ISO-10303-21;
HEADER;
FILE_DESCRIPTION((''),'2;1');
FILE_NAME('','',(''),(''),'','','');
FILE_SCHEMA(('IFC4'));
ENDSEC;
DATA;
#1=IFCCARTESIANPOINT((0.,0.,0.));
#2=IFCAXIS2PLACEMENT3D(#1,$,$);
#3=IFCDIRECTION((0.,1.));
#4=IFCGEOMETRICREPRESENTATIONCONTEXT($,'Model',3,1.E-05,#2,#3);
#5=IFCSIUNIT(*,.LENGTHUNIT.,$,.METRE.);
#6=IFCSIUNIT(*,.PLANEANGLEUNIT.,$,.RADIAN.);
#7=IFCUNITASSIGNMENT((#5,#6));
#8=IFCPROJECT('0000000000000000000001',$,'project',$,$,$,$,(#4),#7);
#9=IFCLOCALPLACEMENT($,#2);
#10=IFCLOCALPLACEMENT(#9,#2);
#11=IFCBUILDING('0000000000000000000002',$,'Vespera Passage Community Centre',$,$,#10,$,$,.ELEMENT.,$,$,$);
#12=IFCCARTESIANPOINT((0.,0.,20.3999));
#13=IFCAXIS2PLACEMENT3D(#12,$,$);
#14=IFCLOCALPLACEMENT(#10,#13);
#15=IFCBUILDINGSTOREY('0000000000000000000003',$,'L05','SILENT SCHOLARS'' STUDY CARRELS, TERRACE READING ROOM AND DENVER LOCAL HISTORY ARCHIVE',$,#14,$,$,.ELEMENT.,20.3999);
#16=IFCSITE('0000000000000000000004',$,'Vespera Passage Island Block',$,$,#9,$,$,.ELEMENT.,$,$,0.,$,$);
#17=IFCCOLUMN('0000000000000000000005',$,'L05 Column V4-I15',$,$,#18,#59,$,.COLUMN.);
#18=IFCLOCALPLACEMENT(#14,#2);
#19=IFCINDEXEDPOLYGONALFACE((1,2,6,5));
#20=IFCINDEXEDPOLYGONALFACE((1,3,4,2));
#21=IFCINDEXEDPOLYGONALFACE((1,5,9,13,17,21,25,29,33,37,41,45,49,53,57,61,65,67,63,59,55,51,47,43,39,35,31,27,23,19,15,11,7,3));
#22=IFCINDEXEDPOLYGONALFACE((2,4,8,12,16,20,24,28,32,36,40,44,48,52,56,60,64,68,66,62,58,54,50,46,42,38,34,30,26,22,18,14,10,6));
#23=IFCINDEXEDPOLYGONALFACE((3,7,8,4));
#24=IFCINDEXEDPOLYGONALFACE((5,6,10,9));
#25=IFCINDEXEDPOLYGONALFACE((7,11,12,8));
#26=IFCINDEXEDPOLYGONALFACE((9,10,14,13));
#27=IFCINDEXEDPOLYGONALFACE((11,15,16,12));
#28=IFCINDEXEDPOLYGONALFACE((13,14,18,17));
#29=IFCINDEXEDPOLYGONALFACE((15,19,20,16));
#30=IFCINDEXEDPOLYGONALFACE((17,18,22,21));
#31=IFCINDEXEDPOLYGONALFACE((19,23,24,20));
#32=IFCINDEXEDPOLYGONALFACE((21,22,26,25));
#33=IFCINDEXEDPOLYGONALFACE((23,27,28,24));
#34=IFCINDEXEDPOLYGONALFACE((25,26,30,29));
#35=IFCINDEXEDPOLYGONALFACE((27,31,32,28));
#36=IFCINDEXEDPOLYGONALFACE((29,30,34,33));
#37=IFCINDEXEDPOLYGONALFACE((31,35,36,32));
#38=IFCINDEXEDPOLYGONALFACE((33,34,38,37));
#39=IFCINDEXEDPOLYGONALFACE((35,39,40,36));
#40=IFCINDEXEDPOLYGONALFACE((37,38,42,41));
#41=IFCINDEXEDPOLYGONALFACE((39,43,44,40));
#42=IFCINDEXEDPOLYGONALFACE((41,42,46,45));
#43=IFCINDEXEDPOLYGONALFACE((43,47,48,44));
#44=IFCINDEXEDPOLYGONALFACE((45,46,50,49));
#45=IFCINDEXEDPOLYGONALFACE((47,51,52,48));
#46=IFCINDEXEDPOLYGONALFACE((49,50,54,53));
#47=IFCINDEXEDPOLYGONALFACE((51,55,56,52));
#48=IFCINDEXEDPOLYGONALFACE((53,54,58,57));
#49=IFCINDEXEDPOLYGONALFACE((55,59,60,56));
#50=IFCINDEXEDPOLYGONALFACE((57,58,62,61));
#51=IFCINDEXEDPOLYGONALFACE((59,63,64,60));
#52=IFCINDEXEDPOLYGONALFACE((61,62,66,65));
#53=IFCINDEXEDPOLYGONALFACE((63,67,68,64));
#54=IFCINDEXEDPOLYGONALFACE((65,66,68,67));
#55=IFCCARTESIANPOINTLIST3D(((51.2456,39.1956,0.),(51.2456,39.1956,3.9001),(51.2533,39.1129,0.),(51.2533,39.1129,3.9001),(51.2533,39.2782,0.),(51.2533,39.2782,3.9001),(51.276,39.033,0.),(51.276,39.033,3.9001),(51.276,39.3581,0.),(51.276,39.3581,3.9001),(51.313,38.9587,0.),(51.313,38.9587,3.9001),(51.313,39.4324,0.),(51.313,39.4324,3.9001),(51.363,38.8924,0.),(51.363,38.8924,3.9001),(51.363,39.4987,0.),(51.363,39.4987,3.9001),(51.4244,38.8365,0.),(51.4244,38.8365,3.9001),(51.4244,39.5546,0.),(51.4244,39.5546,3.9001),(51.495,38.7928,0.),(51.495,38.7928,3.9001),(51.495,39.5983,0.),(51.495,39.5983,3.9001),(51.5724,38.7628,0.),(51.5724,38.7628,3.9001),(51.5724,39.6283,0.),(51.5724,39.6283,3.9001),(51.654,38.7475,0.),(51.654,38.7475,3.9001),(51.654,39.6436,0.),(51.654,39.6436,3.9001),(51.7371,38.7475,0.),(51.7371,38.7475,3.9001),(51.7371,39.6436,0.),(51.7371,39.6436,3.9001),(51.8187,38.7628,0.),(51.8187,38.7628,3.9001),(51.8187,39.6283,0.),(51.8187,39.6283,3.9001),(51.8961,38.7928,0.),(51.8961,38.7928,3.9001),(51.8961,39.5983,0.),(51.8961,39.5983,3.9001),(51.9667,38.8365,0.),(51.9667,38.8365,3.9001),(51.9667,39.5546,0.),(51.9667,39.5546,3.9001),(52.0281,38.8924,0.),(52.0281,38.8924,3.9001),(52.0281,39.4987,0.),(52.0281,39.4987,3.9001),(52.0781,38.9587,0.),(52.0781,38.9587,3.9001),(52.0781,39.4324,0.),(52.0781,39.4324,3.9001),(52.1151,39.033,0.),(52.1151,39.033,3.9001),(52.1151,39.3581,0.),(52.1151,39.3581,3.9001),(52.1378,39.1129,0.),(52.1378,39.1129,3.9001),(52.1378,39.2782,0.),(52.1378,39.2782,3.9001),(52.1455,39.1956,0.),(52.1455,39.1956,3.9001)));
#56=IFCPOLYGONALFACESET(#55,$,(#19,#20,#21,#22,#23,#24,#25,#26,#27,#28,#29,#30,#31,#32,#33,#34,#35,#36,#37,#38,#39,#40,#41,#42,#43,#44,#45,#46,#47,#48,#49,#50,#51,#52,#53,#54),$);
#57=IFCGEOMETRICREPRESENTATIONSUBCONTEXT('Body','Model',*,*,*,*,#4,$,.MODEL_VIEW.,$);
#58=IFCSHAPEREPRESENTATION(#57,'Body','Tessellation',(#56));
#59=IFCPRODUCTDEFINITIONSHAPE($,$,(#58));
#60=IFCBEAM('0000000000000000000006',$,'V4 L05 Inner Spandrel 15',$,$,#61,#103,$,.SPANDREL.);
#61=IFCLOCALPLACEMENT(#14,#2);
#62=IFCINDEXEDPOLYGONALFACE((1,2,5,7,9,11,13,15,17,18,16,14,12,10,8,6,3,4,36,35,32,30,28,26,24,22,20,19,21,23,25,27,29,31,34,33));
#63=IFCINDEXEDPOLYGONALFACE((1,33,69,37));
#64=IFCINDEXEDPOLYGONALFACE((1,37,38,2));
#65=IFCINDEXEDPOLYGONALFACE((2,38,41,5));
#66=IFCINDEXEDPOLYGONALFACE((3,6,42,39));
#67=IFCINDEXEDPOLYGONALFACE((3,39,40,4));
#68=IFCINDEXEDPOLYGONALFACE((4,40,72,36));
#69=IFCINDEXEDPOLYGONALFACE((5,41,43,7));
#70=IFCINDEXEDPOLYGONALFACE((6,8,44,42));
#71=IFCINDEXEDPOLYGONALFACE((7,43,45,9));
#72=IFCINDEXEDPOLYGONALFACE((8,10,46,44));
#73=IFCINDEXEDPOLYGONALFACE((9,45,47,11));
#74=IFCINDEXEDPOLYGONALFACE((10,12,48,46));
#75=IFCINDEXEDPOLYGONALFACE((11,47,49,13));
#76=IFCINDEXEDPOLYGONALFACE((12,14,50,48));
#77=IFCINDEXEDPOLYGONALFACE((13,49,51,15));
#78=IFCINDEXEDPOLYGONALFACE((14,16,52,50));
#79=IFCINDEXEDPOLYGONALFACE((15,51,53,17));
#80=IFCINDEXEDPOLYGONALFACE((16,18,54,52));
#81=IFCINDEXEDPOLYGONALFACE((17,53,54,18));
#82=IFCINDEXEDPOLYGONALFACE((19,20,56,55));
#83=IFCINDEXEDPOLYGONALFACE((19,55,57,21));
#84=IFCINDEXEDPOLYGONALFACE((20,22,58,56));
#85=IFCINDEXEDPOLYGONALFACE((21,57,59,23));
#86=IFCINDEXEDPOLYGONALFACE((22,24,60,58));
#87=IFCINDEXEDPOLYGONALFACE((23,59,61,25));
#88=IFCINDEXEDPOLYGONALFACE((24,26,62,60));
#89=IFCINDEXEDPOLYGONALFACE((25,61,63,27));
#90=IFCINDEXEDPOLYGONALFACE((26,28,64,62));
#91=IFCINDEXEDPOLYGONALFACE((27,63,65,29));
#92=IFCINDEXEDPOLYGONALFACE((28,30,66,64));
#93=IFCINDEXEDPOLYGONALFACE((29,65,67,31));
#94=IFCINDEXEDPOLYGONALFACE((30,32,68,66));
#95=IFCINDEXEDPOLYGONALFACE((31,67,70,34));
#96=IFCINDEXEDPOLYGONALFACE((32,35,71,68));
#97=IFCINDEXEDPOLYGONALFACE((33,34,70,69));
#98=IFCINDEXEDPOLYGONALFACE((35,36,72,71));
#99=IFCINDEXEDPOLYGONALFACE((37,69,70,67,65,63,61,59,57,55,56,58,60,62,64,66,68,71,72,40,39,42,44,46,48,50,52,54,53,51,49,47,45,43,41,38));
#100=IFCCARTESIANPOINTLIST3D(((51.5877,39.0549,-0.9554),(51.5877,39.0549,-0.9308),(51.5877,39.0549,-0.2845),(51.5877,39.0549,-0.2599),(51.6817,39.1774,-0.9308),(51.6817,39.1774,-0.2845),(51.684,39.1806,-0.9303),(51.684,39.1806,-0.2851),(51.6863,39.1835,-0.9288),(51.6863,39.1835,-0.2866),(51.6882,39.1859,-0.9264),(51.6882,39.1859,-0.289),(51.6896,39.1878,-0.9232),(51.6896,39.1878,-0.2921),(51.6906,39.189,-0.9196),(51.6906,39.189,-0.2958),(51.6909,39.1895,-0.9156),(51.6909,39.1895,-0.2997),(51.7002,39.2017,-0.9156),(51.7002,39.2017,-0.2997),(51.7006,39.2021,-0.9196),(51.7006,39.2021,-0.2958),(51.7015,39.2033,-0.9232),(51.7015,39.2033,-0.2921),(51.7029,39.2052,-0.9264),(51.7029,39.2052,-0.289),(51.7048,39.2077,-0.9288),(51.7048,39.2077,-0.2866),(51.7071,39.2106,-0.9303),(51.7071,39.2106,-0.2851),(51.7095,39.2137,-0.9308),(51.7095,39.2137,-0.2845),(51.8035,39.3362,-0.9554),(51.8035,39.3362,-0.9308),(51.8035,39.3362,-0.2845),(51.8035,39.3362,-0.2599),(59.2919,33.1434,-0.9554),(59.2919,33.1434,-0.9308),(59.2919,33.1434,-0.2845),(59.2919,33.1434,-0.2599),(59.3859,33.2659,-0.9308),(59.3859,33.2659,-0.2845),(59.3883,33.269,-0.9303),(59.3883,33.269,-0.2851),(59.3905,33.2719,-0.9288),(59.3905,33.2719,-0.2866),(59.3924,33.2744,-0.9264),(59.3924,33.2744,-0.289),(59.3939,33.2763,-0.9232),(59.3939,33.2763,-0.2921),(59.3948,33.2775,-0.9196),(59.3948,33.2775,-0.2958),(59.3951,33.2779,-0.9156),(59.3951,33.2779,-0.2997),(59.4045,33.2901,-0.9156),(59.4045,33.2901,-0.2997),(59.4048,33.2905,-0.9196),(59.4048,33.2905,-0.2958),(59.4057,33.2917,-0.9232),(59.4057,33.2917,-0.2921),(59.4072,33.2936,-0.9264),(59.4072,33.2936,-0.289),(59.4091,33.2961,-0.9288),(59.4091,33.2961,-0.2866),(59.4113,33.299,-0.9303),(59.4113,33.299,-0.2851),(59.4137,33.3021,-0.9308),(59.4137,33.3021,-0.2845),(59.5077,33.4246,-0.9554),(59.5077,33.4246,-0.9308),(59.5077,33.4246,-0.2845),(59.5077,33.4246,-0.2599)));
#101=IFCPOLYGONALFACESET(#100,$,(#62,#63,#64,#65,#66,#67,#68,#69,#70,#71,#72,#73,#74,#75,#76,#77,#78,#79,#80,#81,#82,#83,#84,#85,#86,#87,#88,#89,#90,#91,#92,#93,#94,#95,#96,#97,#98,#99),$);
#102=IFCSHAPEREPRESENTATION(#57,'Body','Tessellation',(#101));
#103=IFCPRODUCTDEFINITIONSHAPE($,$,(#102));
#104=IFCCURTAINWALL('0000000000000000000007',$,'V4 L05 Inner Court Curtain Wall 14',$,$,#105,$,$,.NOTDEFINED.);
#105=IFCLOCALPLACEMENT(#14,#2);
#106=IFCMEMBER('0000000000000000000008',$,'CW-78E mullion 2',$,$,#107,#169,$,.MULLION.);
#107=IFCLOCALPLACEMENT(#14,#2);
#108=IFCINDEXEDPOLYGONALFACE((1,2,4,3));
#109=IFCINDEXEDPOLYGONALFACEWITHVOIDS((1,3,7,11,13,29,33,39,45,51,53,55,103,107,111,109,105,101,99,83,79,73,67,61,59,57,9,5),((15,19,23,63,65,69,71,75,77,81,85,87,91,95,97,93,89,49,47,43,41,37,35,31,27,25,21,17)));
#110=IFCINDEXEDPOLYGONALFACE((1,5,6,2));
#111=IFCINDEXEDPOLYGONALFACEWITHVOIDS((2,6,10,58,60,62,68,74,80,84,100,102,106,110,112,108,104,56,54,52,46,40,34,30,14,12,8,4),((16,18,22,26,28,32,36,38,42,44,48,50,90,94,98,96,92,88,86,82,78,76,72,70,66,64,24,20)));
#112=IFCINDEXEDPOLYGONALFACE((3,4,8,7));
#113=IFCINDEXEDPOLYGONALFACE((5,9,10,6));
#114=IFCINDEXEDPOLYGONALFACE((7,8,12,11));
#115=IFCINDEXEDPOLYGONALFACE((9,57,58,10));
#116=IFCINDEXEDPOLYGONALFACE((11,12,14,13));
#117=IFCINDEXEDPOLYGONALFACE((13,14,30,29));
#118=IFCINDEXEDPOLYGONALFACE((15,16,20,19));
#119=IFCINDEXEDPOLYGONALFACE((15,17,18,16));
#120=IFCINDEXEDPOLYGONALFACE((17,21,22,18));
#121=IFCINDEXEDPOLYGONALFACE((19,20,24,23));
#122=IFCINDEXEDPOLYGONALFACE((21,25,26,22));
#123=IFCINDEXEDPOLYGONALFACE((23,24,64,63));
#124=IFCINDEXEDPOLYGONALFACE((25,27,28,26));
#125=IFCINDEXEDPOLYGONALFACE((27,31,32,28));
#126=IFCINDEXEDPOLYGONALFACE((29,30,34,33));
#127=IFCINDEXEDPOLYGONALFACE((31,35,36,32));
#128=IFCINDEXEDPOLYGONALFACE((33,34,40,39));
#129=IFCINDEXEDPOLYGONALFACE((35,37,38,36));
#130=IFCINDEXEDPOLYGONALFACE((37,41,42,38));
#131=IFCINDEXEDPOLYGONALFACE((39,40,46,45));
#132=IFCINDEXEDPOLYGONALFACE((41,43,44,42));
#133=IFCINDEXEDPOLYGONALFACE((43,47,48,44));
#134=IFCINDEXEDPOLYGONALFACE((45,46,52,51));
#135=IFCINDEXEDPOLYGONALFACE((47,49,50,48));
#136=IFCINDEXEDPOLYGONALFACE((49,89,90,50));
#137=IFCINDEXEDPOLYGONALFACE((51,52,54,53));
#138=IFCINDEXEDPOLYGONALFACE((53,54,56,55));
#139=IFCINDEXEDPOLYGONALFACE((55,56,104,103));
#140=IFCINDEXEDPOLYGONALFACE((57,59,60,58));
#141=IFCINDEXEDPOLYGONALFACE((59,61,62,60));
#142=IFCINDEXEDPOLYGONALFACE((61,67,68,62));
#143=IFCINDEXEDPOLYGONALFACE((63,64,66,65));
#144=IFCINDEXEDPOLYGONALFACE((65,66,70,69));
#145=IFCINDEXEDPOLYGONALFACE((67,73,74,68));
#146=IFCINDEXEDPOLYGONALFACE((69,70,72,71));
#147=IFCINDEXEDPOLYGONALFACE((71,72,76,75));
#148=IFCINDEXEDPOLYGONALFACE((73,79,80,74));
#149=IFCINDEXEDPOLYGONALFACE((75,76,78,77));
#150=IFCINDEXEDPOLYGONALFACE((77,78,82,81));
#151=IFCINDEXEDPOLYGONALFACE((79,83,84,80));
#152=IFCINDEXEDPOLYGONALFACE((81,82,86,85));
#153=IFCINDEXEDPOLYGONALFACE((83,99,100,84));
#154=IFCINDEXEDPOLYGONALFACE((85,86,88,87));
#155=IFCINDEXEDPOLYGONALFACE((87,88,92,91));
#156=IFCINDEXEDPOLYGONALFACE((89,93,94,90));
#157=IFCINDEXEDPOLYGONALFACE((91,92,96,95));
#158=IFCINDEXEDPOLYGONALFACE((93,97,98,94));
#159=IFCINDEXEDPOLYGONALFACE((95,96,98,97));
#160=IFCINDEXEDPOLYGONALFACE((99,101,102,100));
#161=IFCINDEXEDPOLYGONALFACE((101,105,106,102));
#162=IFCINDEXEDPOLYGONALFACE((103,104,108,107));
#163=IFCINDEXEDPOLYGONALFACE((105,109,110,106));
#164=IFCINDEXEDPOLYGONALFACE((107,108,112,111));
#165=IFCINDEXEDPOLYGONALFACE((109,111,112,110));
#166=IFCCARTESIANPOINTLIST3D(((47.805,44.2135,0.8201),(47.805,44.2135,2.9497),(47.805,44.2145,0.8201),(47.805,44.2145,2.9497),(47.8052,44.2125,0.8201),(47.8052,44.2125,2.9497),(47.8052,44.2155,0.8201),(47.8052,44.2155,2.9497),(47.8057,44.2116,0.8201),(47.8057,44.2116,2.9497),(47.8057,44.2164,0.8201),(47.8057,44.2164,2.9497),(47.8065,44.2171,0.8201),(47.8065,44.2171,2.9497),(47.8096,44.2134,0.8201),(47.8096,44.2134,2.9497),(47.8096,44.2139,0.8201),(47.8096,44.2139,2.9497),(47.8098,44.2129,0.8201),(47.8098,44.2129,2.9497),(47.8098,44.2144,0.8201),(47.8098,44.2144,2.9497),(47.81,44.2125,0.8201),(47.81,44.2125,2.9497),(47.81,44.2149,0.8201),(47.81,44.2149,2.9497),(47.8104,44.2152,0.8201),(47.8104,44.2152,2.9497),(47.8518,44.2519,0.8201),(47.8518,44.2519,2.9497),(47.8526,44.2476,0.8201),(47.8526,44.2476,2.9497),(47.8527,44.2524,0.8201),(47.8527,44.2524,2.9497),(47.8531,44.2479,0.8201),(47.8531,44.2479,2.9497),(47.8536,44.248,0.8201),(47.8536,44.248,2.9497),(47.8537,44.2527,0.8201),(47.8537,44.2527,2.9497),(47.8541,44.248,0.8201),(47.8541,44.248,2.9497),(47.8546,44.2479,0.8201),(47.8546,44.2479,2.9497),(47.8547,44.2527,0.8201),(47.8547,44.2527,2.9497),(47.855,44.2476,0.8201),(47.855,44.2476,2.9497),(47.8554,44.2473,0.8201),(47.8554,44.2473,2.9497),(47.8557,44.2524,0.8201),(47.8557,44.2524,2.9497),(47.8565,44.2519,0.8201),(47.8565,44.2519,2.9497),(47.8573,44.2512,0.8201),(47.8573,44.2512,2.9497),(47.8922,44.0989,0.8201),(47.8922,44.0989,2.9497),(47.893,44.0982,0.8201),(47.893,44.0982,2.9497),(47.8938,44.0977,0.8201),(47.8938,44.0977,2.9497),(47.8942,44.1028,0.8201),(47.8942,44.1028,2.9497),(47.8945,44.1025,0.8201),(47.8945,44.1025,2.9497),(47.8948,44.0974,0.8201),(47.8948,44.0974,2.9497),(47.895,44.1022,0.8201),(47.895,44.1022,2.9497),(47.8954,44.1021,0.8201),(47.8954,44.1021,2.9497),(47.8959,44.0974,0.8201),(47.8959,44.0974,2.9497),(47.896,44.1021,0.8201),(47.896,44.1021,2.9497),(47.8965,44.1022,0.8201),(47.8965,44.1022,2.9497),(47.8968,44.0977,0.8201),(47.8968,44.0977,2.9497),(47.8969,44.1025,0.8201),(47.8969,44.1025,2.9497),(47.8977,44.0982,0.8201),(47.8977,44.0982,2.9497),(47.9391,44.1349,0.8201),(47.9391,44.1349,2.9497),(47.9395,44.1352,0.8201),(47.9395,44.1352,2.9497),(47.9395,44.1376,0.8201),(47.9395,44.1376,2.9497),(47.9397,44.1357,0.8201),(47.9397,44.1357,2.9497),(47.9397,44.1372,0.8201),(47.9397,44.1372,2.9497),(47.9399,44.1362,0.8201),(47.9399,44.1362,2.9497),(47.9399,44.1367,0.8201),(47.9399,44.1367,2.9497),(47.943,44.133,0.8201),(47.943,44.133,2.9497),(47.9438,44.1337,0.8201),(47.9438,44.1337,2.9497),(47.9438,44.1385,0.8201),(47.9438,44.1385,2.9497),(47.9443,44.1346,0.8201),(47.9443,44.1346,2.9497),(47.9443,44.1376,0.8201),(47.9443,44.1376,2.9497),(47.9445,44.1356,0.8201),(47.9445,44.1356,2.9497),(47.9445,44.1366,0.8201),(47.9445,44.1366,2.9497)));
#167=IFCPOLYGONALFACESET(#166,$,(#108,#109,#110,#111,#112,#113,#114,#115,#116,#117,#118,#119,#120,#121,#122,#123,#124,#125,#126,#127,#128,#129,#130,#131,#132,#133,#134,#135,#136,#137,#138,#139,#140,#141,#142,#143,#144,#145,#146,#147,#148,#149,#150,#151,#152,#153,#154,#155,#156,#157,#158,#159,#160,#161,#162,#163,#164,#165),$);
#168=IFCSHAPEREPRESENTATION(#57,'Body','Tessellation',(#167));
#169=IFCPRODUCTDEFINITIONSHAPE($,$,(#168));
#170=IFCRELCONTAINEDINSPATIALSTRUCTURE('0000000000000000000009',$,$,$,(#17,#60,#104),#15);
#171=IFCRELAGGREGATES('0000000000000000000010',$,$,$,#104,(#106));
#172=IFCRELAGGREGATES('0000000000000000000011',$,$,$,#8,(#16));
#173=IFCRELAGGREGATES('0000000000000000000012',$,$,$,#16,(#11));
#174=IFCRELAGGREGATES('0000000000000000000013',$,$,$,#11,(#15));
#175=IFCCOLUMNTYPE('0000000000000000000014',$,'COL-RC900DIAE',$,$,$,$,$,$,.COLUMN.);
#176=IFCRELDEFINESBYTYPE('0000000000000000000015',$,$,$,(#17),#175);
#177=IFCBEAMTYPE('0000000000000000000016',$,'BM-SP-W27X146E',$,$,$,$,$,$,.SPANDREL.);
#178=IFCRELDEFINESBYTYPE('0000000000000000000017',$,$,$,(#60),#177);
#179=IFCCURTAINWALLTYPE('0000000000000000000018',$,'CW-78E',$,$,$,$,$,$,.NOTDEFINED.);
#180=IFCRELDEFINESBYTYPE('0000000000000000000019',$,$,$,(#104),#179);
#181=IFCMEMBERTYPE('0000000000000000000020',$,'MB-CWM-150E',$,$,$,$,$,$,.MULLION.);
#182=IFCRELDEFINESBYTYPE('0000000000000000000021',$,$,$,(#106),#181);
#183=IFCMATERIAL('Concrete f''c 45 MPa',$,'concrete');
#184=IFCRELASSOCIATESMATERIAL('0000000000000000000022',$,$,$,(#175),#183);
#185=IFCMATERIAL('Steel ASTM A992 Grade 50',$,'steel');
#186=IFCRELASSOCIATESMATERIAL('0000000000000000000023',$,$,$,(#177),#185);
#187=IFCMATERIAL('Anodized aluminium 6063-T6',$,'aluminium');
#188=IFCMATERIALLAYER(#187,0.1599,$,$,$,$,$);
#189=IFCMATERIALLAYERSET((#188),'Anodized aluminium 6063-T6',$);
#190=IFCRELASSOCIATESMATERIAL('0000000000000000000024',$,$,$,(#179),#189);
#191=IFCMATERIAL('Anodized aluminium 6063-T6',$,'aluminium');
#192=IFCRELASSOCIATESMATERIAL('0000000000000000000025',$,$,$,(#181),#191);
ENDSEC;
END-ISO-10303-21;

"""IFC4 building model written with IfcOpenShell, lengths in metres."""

from ifc_helpers import new_model, si_unit, direction, frame, origin, origin_2d, place, context, subcontext, project, spatial, hollow_rectangle, circle, i_section, extrude, material, layer, layer_set, material_profile, profile_set, type_object, element, aggregate, save


model = new_model("IFC4")

# Units and contexts
model_context = context("Model", 3, precision=1e-05, world=origin(), true_north=direction((0.0, 1.0)))
body_context = subcontext(model_context, "Body", "Model", "MODEL_VIEW")
ifc_project = project(units=[si_unit("LENGTHUNIT", "METRE"), si_unit("PLANEANGLEUNIT", "RADIAN")], contexts=[model_context])

# Site, building, storey
site_placement = place(None, origin())
site = spatial("IfcSite", under=ifc_project, at=site_placement, Name="Vespera Passage Island Block", CompositionType="ELEMENT", RefElevation=0.0)
building_placement = place(site_placement, origin())
building = spatial("IfcBuilding", under=site, at=building_placement, Name="Vespera Passage Community Centre", CompositionType="ELEMENT")
storey_placement = place(building_placement, frame((0.0, 0.0, 20.3999)))
storey = spatial("IfcBuildingStorey", under=building, at=storey_placement, Name="L05", Description="SILENT SCHOLARS' STUDY CARRELS, TERRACE READING ROOM AND DENVER LOCAL HISTORY ARCHIVE", CompositionType="ELEMENT", Elevation=20.3999)

# Column
ifc_material_1 = material(Name="Concrete f'c 45 MPa", Category="concrete")
ifc_material_profile_1 = material_profile(ifc_material_1, circle(Radius=0.45, at=origin_2d()), Name="RC900DIA")
ifc_profile_set_1 = profile_set([ifc_material_profile_1], Name="Concrete f'c 45 MPa")
column_type = type_object("IfcColumnType", Name="COL-RC900DIAE", PredefinedType="COLUMN", material=ifc_profile_set_1)
column_placement = place(storey_placement, frame((51.6956, 39.1956, 0.0), z_axis=(0.0, 0.0, 1.0), x_axis=(1.0, 0.0, 0.0)))
element("IfcColumn", 1, at=column_placement, inside=storey, type_object=column_type, Name="L05 Column V4-I15", PredefinedType="COLUMN", context=body_context, shape_type="SweptSolid", body=[
    extrude(circle(Radius=0.45, at=origin_2d()), origin(), (0.0, 0.0, 1.0), 3.9001),
])

# Beam
ifc_material_2 = material(Name="Steel ASTM A992 Grade 50", Category="steel")
ifc_material_profile_2 = material_profile(ifc_material_2, i_section(OverallWidth=0.3545, OverallDepth=0.6956, WebThickness=0.0154, FlangeThickness=0.0247, FilletRadius=0.0151, at=origin_2d()), Name="W27X146")
ifc_profile_set_2 = profile_set([ifc_material_profile_2], Name="Steel ASTM A992 Grade 50")
beam_type = type_object("IfcBeamType", Name="BM-SP-W27X146E", PredefinedType="SPANDREL", material=ifc_profile_set_2)
beam_placement = place(storey_placement, frame((51.6956, 39.1956, -0.6077), z_axis=(0.79336, -0.608753, 0.0), x_axis=(0.608753, 0.79336, 0.0)))
element("IfcBeam", 2, at=beam_placement, inside=storey, type_object=beam_type, Name="V4 L05 Inner Spandrel 15", PredefinedType="SPANDREL", context=body_context, shape_type="SweptSolid", body=[
    extrude(i_section(OverallWidth=0.3545, OverallDepth=0.6956, WebThickness=0.0154, FlangeThickness=0.0247, FilletRadius=0.0151, at=origin_2d()), origin(), (0.0, 0.0, 1.0), 9.7109),
])

# Curtain wall, member
ifc_material_3 = material(Name="Anodized aluminium 6063-T6", Category="aluminium")
ifc_layer_1 = layer(ifc_material_3, 0.1599)
ifc_layer_set_1 = layer_set([ifc_layer_1], Name="Anodized aluminium 6063-T6")
curtain_wall_type_1 = type_object("IfcCurtainWallType", Name="CW-78E", PredefinedType="NOTDEFINED", material=ifc_layer_set_1)
curtain_wall_1_placement = place(storey_placement, origin())
curtain_wall_1 = element("IfcCurtainWall", 3, at=curtain_wall_1_placement, inside=storey, type_object=curtain_wall_type_1, Name="V4 L05 Inner Court Curtain Wall 14", PredefinedType="NOTDEFINED")
ifc_material_4 = material(Name="Anodized aluminium 6063-T6", Category="aluminium")
ifc_material_profile_3 = material_profile(ifc_material_4, hollow_rectangle(XDim=0.0649, YDim=0.1499, WallThickness=0.0039, InnerFilletRadius=0.002, OuterFilletRadius=0.0039, at=origin_2d()), Name="ALU150X65X4")
ifc_profile_set_3 = profile_set([ifc_material_profile_3], Name="Anodized aluminium 6063-T6")
member_type_1 = type_object("IfcMemberType", Name="MB-CWM-150E", PredefinedType="MULLION", material=ifc_profile_set_3)
member_1_placement = place(storey_placement, frame((47.8748, 44.175, 0.8201), z_axis=(0.0, 0.0, 1.0), x_axis=(0.793358, 0.608755, 0.0)))
member_1 = element("IfcMember", 4, at=member_1_placement, type_object=member_type_1, Name="CW-78E mullion 2", PredefinedType="MULLION", context=body_context, shape_type="SweptSolid", body=[
    extrude(hollow_rectangle(XDim=0.0649, YDim=0.1499, WallThickness=0.0039, InnerFilletRadius=0.002, OuterFilletRadius=0.0039, at=origin_2d()), origin(), (0.0, 0.0, 1.0), 2.1296),
])

aggregate(curtain_wall_1, [member_1])

save(model, "model.ifc")
